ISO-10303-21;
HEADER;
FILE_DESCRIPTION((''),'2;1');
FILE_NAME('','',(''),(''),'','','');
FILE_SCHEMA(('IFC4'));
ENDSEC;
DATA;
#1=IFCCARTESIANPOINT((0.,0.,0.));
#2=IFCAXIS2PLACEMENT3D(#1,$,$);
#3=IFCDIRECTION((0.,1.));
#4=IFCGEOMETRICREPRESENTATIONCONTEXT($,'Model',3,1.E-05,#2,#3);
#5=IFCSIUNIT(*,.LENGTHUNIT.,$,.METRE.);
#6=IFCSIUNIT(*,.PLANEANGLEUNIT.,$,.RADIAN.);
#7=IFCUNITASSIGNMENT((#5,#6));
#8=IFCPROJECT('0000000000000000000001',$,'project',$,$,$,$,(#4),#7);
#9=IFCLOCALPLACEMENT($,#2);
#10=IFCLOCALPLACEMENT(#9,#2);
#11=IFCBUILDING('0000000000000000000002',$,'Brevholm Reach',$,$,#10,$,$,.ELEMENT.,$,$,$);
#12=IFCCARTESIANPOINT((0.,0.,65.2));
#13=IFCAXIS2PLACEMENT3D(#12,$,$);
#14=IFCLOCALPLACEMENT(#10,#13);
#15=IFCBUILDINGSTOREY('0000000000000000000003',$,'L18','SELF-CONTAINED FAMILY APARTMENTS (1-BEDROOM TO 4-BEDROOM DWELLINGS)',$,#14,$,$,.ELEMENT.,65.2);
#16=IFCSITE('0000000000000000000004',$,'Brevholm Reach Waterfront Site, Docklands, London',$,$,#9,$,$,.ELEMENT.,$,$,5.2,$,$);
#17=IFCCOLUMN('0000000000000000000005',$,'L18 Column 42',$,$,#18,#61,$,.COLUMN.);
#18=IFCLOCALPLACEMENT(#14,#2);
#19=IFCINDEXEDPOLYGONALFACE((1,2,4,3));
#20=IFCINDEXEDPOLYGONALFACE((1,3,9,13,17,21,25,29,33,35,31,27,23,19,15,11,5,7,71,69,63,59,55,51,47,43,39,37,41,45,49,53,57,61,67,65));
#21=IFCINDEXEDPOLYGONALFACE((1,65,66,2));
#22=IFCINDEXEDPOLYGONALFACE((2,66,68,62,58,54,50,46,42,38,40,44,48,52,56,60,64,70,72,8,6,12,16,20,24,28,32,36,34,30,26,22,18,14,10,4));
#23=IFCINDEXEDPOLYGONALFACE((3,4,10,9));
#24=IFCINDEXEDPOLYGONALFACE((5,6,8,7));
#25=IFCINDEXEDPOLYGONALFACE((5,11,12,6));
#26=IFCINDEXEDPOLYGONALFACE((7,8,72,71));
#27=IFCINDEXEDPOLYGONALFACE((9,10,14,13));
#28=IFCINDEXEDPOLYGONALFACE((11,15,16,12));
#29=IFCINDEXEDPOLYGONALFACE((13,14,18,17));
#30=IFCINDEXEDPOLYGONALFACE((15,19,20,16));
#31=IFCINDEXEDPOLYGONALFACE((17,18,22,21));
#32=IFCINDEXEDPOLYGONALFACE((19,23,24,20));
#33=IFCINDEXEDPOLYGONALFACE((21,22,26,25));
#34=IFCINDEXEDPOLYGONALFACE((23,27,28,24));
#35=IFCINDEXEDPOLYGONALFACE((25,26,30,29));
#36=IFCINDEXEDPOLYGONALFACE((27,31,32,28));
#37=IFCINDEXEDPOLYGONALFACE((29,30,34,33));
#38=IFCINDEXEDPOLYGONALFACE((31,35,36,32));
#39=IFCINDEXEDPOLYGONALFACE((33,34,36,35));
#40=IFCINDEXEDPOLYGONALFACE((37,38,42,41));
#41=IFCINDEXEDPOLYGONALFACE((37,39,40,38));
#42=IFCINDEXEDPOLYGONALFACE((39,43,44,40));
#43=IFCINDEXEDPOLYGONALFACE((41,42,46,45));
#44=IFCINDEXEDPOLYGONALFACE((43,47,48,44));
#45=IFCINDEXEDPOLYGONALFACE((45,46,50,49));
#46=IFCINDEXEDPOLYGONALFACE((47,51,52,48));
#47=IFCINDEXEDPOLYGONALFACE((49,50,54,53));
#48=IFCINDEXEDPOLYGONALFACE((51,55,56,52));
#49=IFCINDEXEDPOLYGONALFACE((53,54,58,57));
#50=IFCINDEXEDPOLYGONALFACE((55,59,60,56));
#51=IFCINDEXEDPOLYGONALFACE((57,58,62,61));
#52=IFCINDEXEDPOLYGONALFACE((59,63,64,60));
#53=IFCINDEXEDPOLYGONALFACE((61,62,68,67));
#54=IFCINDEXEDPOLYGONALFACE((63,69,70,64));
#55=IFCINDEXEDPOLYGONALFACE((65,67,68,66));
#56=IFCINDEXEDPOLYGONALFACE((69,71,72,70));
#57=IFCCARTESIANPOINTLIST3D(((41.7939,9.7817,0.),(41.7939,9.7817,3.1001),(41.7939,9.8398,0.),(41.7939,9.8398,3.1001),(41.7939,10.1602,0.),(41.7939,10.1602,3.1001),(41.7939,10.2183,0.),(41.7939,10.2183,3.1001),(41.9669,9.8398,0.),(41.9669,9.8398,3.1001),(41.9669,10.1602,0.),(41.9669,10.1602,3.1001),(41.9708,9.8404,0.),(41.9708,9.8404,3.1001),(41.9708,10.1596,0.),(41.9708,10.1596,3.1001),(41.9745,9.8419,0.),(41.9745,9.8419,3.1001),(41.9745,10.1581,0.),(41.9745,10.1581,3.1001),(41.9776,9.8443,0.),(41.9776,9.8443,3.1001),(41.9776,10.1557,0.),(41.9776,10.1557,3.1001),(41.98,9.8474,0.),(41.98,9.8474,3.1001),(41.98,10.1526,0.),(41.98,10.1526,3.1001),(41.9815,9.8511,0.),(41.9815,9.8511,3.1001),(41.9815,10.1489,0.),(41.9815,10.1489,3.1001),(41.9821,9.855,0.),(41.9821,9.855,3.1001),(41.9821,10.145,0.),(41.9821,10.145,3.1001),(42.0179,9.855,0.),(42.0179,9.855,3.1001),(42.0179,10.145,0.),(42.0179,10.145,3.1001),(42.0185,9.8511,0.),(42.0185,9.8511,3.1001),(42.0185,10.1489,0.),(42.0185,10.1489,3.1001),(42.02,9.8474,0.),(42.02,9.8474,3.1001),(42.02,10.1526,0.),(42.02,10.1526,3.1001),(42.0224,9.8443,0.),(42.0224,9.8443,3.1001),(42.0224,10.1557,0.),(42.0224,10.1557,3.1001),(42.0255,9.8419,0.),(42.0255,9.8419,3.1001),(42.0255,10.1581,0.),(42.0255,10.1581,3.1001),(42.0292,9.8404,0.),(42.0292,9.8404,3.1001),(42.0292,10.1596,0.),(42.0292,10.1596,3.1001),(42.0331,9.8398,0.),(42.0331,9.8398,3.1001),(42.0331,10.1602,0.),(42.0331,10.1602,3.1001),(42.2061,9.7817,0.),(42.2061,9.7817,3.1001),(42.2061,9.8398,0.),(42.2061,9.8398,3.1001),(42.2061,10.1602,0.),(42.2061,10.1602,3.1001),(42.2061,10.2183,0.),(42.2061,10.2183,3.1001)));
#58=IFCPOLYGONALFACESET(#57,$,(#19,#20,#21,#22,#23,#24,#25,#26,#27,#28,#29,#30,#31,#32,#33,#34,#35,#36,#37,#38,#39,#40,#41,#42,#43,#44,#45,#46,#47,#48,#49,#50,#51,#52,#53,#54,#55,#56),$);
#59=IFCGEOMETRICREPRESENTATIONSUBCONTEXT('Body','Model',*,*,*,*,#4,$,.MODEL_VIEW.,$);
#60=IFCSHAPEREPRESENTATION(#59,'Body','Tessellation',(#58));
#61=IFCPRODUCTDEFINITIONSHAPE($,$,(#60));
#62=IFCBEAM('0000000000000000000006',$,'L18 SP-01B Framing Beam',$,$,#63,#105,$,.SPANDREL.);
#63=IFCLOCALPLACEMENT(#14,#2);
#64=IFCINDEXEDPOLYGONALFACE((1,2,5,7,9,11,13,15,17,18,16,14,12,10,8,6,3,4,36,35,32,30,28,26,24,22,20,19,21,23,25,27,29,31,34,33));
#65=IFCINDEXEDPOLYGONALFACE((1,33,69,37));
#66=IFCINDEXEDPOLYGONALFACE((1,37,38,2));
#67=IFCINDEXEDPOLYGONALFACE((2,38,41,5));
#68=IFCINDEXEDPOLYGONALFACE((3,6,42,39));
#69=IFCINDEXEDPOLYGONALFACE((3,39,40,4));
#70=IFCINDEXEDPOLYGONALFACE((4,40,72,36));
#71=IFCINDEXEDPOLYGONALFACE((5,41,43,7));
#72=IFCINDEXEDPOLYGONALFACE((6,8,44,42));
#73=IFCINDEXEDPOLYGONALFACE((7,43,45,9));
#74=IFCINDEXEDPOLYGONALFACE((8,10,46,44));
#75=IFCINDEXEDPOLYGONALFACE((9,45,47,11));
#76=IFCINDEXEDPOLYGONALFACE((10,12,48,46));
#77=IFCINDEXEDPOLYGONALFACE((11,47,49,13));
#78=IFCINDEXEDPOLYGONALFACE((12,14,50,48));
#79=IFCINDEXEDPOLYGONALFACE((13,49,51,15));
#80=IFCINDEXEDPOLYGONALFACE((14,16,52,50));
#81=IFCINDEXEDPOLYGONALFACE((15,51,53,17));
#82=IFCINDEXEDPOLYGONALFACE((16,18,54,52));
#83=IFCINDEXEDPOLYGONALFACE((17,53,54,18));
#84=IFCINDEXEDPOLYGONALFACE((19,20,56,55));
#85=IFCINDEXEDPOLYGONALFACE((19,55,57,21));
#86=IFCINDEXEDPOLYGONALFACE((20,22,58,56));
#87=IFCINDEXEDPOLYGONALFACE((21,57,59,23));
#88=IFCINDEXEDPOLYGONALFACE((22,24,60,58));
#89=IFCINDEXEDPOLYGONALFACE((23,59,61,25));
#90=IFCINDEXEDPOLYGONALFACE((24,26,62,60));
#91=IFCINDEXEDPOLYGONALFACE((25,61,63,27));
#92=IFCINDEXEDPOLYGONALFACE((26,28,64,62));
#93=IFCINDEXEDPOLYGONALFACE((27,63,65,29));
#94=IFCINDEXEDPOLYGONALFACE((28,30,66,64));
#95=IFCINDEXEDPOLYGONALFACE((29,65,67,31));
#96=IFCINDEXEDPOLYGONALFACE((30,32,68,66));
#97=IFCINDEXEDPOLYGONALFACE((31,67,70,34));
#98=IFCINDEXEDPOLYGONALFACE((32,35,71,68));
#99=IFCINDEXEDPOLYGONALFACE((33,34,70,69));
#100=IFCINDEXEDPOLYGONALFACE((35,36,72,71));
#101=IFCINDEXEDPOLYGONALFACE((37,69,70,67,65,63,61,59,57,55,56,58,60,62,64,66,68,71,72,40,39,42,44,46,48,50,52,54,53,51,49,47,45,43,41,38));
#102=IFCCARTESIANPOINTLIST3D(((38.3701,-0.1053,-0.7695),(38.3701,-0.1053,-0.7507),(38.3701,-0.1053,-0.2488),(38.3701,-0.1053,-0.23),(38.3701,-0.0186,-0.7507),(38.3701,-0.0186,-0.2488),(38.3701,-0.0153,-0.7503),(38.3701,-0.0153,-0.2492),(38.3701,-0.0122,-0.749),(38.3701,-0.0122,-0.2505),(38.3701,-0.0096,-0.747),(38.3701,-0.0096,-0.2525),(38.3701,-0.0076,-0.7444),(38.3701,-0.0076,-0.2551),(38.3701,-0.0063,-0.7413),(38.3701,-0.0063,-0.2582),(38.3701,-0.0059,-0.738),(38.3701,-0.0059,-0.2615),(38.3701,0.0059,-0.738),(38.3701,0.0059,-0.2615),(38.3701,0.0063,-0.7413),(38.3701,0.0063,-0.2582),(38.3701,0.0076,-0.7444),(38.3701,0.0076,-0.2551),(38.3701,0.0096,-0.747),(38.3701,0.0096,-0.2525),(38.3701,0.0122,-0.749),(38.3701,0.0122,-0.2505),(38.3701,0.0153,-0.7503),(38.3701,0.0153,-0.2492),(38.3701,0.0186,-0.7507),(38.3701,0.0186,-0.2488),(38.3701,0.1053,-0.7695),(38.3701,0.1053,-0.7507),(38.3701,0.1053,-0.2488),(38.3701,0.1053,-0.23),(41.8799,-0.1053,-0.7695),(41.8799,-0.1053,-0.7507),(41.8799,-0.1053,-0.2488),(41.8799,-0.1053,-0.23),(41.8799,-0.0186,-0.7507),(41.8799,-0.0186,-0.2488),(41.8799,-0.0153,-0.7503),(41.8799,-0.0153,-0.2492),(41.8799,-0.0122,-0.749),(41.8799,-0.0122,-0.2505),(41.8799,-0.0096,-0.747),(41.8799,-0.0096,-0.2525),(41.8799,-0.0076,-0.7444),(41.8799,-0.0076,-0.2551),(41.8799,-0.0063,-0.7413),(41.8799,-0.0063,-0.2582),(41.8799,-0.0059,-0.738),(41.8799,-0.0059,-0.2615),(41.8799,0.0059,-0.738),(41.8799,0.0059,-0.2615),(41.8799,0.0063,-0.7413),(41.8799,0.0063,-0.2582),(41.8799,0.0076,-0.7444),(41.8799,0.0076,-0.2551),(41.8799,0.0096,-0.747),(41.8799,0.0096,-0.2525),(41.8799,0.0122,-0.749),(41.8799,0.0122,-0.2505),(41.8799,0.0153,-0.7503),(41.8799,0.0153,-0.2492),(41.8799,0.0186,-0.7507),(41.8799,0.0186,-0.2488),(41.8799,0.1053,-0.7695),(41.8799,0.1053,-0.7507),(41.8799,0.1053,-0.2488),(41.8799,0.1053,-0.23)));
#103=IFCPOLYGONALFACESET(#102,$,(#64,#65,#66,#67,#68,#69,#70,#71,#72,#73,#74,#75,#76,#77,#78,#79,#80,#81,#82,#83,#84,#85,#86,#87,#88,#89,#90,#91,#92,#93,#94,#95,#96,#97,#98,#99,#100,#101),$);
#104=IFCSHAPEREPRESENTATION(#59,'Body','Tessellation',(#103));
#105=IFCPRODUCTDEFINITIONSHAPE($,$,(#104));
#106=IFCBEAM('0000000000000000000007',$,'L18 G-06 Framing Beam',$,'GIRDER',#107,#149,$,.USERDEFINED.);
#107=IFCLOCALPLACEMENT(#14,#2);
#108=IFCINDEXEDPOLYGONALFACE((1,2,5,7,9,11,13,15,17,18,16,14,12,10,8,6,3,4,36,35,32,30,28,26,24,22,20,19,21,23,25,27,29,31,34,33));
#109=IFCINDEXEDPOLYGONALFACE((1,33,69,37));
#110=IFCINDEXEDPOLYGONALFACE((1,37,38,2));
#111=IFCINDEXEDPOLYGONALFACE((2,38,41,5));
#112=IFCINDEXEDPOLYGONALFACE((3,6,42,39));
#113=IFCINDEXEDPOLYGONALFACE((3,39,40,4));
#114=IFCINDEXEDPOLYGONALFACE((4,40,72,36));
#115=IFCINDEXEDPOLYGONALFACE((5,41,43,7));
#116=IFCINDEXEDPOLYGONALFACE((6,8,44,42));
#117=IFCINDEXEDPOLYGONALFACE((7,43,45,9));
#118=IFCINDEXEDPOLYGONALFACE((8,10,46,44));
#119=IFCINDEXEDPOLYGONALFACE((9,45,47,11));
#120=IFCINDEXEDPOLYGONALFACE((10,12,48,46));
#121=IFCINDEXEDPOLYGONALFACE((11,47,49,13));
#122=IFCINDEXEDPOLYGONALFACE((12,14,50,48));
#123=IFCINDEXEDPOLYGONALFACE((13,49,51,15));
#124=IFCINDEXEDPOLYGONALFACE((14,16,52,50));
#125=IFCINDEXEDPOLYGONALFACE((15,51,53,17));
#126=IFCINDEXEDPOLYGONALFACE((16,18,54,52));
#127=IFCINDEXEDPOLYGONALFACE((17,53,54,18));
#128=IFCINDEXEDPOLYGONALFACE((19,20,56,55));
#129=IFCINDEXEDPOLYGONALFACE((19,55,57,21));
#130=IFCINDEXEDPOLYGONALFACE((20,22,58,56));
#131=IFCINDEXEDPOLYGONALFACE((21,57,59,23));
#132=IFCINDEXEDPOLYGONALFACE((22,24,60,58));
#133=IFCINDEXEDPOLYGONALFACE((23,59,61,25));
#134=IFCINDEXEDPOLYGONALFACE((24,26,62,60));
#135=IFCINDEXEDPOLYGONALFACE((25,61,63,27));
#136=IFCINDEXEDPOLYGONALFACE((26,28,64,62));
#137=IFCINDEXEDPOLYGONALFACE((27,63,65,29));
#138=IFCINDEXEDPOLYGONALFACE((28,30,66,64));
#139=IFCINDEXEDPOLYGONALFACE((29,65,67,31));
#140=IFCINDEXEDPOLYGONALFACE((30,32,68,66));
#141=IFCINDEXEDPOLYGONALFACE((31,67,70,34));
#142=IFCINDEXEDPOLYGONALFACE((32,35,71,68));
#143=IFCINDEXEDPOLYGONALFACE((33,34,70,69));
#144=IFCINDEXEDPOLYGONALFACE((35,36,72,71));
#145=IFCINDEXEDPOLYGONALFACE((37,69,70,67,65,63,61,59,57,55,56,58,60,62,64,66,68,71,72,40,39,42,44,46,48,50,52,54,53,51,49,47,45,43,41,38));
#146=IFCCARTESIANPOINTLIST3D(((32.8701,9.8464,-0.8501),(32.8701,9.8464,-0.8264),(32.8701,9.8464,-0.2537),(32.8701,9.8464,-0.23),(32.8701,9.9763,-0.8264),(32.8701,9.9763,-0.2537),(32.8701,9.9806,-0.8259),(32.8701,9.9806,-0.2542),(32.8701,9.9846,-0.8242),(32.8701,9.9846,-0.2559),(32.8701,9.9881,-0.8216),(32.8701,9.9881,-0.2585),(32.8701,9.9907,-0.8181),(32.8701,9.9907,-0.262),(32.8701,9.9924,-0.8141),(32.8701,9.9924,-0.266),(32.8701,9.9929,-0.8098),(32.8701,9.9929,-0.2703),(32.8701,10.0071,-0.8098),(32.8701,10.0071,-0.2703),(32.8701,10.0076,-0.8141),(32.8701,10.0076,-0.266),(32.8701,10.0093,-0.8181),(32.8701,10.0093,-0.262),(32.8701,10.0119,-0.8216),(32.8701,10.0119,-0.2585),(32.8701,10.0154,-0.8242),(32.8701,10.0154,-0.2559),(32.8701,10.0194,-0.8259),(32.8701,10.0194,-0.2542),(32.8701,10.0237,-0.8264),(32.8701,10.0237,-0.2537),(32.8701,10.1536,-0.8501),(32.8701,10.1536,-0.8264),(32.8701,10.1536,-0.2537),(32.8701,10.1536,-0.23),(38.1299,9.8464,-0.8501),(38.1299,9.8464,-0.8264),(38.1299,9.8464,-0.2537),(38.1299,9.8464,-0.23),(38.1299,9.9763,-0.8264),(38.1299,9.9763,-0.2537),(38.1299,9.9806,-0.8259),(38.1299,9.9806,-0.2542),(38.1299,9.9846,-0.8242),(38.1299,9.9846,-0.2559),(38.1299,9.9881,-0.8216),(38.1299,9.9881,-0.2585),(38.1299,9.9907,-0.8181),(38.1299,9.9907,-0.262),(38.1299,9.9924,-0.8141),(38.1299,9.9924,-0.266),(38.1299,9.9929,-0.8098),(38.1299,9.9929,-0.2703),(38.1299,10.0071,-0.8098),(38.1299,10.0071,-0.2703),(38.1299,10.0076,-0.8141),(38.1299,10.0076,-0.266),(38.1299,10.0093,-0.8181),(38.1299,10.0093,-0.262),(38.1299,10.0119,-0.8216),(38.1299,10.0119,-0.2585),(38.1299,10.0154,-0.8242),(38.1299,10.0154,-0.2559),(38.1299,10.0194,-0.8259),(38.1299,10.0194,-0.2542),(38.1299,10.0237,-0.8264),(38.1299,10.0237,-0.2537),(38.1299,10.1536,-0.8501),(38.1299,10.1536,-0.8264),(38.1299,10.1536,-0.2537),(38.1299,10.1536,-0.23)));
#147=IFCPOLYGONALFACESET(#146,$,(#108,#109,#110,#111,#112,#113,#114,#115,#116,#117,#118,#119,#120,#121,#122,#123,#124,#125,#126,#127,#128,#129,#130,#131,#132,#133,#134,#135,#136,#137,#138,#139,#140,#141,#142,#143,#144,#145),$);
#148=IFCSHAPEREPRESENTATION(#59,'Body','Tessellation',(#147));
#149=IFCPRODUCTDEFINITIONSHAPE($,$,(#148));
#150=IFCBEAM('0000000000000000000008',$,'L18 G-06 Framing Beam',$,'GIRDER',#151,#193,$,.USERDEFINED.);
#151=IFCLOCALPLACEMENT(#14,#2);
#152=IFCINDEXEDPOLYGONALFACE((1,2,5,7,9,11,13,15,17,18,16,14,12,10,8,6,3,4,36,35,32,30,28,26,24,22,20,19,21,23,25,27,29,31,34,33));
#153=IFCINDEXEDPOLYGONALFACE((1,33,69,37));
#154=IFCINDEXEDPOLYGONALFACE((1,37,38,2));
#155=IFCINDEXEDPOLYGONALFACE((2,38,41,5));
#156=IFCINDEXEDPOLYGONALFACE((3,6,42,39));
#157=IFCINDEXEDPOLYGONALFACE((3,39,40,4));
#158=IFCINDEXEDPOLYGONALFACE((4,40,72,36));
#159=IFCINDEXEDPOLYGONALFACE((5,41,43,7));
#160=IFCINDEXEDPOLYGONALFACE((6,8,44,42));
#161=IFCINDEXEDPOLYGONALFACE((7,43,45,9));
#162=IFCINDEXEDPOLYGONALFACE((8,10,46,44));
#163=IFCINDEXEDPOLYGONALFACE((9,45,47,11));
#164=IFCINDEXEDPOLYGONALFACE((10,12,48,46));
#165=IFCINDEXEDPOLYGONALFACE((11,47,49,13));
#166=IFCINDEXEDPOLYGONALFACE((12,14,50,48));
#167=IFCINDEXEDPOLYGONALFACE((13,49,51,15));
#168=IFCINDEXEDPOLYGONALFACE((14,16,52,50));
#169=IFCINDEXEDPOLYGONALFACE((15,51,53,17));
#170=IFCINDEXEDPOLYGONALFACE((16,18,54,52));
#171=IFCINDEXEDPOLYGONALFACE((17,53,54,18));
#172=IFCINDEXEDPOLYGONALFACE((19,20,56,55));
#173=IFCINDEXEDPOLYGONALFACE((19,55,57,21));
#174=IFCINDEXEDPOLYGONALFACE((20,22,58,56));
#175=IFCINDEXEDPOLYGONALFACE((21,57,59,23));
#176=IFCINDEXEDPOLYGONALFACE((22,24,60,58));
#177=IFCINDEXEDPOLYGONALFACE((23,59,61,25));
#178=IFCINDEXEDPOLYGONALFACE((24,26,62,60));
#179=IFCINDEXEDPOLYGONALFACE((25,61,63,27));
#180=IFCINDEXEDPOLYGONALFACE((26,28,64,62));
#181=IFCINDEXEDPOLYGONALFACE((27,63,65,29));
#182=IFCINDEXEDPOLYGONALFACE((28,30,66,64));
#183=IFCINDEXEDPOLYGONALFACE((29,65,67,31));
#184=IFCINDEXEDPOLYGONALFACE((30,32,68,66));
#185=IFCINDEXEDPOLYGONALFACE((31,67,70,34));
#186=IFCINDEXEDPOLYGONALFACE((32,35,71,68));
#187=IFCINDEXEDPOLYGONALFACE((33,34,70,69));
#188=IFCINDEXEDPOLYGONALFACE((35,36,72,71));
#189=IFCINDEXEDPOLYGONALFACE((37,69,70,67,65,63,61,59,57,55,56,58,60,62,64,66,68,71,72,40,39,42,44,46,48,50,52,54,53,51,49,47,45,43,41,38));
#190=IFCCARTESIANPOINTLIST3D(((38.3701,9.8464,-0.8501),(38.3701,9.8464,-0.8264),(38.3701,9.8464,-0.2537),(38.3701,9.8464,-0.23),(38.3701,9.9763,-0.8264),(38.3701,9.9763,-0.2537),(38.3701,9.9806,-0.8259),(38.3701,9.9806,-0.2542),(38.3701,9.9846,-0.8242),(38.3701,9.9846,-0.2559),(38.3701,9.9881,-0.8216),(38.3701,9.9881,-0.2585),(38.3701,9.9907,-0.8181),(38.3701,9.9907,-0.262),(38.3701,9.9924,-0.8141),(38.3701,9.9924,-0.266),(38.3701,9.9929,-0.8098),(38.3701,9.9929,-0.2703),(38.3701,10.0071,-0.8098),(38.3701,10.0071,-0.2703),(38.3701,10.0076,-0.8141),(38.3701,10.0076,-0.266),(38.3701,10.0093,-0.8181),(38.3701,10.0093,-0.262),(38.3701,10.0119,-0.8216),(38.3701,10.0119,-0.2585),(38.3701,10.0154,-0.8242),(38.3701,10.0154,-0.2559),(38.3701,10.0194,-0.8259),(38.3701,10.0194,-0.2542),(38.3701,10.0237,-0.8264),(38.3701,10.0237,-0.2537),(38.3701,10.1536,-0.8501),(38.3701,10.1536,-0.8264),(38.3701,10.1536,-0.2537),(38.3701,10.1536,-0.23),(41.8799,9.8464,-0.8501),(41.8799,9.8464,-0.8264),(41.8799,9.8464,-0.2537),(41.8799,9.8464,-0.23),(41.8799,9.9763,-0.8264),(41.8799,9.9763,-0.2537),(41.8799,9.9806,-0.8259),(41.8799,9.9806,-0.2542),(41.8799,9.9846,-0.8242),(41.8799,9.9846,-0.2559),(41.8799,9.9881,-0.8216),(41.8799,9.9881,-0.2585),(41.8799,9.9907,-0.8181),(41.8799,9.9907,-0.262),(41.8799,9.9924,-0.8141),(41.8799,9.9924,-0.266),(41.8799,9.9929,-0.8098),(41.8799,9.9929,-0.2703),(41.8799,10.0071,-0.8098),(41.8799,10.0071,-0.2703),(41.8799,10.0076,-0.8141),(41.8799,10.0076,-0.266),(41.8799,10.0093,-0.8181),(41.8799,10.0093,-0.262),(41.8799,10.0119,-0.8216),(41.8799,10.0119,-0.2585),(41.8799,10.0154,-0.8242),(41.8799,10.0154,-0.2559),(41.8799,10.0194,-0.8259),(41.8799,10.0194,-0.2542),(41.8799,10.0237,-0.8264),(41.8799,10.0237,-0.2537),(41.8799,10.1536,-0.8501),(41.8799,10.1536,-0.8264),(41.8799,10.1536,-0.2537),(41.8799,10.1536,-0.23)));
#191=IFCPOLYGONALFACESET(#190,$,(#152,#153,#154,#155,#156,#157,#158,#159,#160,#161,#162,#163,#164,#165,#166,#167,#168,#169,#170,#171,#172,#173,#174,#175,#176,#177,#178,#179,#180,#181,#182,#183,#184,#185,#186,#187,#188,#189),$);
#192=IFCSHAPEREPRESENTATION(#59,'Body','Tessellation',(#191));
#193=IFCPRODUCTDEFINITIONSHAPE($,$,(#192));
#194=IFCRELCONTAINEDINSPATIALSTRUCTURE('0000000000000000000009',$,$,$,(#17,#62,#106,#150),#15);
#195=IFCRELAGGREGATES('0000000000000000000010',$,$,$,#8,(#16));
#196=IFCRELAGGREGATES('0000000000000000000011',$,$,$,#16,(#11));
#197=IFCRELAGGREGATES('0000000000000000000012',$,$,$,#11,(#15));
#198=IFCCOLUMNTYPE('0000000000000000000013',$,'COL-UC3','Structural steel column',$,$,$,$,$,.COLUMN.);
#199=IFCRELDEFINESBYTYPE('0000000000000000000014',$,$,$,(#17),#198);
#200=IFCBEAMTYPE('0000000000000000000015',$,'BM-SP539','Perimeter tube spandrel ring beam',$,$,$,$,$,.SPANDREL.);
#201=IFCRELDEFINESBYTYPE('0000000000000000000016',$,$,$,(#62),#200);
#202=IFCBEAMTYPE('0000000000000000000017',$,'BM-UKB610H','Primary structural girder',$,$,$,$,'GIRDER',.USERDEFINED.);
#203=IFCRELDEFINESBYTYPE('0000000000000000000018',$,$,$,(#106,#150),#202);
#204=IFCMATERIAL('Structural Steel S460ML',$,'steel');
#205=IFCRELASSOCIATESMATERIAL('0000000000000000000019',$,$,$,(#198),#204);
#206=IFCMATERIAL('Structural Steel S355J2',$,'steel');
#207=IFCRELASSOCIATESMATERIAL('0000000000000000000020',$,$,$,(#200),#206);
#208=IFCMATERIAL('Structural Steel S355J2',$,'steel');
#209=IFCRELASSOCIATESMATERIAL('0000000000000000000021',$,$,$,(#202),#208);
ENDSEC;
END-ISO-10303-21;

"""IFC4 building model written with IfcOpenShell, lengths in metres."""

from ifc_helpers import new_model, si_unit, direction, frame, origin, origin_2d, place, context, subcontext, project, spatial, i_section, extrude, material, material_profile, profile_set, type_object, element, save


model = new_model("IFC4")

# Units and contexts
model_context = context("Model", 3, precision=1e-05, world=origin(), true_north=direction((0.0, 1.0)))
body_context = subcontext(model_context, "Body", "Model", "MODEL_VIEW")
ifc_project = project(units=[si_unit("LENGTHUNIT", "METRE"), si_unit("PLANEANGLEUNIT", "RADIAN")], contexts=[model_context])

# Site, building, storey
site_placement = place(None, origin())
site = spatial("IfcSite", under=ifc_project, at=site_placement, Name="Brevholm Reach Waterfront Site, Docklands, London", CompositionType="ELEMENT", RefElevation=5.2)
building_placement = place(site_placement, origin())
building = spatial("IfcBuilding", under=site, at=building_placement, Name="Brevholm Reach", CompositionType="ELEMENT")
storey_placement = place(building_placement, frame((0.0, 0.0, 65.2)))
storey = spatial("IfcBuildingStorey", under=building, at=storey_placement, Name="L18", Description="SELF-CONTAINED FAMILY APARTMENTS (1-BEDROOM TO 4-BEDROOM DWELLINGS)", CompositionType="ELEMENT", Elevation=65.2)

# Column
ifc_material_1 = material(Name="Structural Steel S460ML", Category="steel")
ifc_material_profile_1 = material_profile(ifc_material_1, i_section(OverallWidth=0.4121, OverallDepth=0.4365, WebThickness=0.0359, FlangeThickness=0.0581, FilletRadius=0.0151, at=origin_2d()), Name="UKC 356x406x467")
ifc_profile_set_1 = profile_set([ifc_material_profile_1], Name="Structural Steel S460ML")
column_type_1 = type_object("IfcColumnType", Name="COL-UC3", Description="Structural steel column", PredefinedType="COLUMN", material=ifc_profile_set_1)
for number, where, z_axis, x_axis, name in (
    (1, (42.0, 10.0, 0.0), (0.0, 0.0, 1.0), (1.0, 0.0, 0.0), "L18 Column 42"),
):
    element("IfcColumn", number, at=place(storey_placement, frame(where, z_axis=z_axis, x_axis=x_axis)), inside=storey, type_object=column_type_1, Name=name, PredefinedType="COLUMN", context=body_context, shape_type="SweptSolid", body=[
        extrude(i_section(OverallWidth=0.4121, OverallDepth=0.4365, WebThickness=0.0359, FlangeThickness=0.0581, FilletRadius=0.0151, at=origin_2d()), origin(), (0.0, 0.0, 1.0), 3.1001),
    ])

# Beams
ifc_material_2 = material(Name="Structural Steel S355J2", Category="steel")
ifc_material_profile_2 = material_profile(ifc_material_2, i_section(OverallWidth=0.2107, OverallDepth=0.5396, WebThickness=0.0117, FlangeThickness=0.0188, FilletRadius=0.0127, at=origin_2d()), Name="UKB 533x210x109")
ifc_profile_set_2 = profile_set([ifc_material_profile_2], Name="Structural Steel S355J2")
beam_type_1 = type_object("IfcBeamType", Name="BM-SP539", Description="Perimeter tube spandrel ring beam", PredefinedType="SPANDREL", material=ifc_profile_set_2)
beam_1_placement = place(storey_placement, frame((38.3701, 0.0, -0.4998), z_axis=(1.0, 0.0, 0.0), x_axis=(0.0, 1.0, 0.0)))
element("IfcBeam", 2, at=beam_1_placement, inside=storey, type_object=beam_type_1, Name="L18 SP-01B Framing Beam", PredefinedType="SPANDREL", context=body_context, shape_type="SweptSolid", body=[
    extrude(i_section(OverallWidth=0.2107, OverallDepth=0.5396, WebThickness=0.0117, FlangeThickness=0.0188, FilletRadius=0.0127, at=origin_2d()), origin(), (0.0, 0.0, 1.0), 3.5098),
])
ifc_material_3 = material(Name="Structural Steel S355J2", Category="steel")
ifc_material_profile_3 = material_profile(ifc_material_3, i_section(OverallWidth=0.3071, OverallDepth=0.6201, WebThickness=0.0142, FlangeThickness=0.0237, FilletRadius=0.0166, at=origin_2d()), Name="UKB 610x305x179")
ifc_profile_set_3 = profile_set([ifc_material_profile_3], Name="Structural Steel S355J2")
beam_type_2 = type_object("IfcBeamType", Name="BM-UKB610H", Description="Primary structural girder", ElementType="GIRDER", PredefinedType="USERDEFINED", material=ifc_profile_set_3)
beam_2_placement = place(storey_placement, frame((32.8701, 10.0, -0.54), z_axis=(1.0, 0.0, 0.0), x_axis=(0.0, 1.0, 0.0)))
element("IfcBeam", 3, at=beam_2_placement, inside=storey, type_object=beam_type_2, Name="L18 G-06 Framing Beam", ObjectType="GIRDER", PredefinedType="USERDEFINED", context=body_context, shape_type="SweptSolid", body=[
    extrude(i_section(OverallWidth=0.3071, OverallDepth=0.6201, WebThickness=0.0142, FlangeThickness=0.0237, FilletRadius=0.0166, at=origin_2d()), origin(), (0.0, 0.0, 1.0), 5.2598),
])
beam_3_placement = place(storey_placement, frame((38.3701, 10.0, -0.54), z_axis=(1.0, 0.0, 0.0), x_axis=(0.0, 1.0, 0.0)))
element("IfcBeam", 4, at=beam_3_placement, inside=storey, type_object=beam_type_2, Name="L18 G-06 Framing Beam", ObjectType="GIRDER", PredefinedType="USERDEFINED", context=body_context, shape_type="SweptSolid", body=[
    extrude(i_section(OverallWidth=0.3071, OverallDepth=0.6201, WebThickness=0.0142, FlangeThickness=0.0237, FilletRadius=0.0166, at=origin_2d()), origin(), (0.0, 0.0, 1.0), 3.5098),
])

save(model, "model.ifc")
